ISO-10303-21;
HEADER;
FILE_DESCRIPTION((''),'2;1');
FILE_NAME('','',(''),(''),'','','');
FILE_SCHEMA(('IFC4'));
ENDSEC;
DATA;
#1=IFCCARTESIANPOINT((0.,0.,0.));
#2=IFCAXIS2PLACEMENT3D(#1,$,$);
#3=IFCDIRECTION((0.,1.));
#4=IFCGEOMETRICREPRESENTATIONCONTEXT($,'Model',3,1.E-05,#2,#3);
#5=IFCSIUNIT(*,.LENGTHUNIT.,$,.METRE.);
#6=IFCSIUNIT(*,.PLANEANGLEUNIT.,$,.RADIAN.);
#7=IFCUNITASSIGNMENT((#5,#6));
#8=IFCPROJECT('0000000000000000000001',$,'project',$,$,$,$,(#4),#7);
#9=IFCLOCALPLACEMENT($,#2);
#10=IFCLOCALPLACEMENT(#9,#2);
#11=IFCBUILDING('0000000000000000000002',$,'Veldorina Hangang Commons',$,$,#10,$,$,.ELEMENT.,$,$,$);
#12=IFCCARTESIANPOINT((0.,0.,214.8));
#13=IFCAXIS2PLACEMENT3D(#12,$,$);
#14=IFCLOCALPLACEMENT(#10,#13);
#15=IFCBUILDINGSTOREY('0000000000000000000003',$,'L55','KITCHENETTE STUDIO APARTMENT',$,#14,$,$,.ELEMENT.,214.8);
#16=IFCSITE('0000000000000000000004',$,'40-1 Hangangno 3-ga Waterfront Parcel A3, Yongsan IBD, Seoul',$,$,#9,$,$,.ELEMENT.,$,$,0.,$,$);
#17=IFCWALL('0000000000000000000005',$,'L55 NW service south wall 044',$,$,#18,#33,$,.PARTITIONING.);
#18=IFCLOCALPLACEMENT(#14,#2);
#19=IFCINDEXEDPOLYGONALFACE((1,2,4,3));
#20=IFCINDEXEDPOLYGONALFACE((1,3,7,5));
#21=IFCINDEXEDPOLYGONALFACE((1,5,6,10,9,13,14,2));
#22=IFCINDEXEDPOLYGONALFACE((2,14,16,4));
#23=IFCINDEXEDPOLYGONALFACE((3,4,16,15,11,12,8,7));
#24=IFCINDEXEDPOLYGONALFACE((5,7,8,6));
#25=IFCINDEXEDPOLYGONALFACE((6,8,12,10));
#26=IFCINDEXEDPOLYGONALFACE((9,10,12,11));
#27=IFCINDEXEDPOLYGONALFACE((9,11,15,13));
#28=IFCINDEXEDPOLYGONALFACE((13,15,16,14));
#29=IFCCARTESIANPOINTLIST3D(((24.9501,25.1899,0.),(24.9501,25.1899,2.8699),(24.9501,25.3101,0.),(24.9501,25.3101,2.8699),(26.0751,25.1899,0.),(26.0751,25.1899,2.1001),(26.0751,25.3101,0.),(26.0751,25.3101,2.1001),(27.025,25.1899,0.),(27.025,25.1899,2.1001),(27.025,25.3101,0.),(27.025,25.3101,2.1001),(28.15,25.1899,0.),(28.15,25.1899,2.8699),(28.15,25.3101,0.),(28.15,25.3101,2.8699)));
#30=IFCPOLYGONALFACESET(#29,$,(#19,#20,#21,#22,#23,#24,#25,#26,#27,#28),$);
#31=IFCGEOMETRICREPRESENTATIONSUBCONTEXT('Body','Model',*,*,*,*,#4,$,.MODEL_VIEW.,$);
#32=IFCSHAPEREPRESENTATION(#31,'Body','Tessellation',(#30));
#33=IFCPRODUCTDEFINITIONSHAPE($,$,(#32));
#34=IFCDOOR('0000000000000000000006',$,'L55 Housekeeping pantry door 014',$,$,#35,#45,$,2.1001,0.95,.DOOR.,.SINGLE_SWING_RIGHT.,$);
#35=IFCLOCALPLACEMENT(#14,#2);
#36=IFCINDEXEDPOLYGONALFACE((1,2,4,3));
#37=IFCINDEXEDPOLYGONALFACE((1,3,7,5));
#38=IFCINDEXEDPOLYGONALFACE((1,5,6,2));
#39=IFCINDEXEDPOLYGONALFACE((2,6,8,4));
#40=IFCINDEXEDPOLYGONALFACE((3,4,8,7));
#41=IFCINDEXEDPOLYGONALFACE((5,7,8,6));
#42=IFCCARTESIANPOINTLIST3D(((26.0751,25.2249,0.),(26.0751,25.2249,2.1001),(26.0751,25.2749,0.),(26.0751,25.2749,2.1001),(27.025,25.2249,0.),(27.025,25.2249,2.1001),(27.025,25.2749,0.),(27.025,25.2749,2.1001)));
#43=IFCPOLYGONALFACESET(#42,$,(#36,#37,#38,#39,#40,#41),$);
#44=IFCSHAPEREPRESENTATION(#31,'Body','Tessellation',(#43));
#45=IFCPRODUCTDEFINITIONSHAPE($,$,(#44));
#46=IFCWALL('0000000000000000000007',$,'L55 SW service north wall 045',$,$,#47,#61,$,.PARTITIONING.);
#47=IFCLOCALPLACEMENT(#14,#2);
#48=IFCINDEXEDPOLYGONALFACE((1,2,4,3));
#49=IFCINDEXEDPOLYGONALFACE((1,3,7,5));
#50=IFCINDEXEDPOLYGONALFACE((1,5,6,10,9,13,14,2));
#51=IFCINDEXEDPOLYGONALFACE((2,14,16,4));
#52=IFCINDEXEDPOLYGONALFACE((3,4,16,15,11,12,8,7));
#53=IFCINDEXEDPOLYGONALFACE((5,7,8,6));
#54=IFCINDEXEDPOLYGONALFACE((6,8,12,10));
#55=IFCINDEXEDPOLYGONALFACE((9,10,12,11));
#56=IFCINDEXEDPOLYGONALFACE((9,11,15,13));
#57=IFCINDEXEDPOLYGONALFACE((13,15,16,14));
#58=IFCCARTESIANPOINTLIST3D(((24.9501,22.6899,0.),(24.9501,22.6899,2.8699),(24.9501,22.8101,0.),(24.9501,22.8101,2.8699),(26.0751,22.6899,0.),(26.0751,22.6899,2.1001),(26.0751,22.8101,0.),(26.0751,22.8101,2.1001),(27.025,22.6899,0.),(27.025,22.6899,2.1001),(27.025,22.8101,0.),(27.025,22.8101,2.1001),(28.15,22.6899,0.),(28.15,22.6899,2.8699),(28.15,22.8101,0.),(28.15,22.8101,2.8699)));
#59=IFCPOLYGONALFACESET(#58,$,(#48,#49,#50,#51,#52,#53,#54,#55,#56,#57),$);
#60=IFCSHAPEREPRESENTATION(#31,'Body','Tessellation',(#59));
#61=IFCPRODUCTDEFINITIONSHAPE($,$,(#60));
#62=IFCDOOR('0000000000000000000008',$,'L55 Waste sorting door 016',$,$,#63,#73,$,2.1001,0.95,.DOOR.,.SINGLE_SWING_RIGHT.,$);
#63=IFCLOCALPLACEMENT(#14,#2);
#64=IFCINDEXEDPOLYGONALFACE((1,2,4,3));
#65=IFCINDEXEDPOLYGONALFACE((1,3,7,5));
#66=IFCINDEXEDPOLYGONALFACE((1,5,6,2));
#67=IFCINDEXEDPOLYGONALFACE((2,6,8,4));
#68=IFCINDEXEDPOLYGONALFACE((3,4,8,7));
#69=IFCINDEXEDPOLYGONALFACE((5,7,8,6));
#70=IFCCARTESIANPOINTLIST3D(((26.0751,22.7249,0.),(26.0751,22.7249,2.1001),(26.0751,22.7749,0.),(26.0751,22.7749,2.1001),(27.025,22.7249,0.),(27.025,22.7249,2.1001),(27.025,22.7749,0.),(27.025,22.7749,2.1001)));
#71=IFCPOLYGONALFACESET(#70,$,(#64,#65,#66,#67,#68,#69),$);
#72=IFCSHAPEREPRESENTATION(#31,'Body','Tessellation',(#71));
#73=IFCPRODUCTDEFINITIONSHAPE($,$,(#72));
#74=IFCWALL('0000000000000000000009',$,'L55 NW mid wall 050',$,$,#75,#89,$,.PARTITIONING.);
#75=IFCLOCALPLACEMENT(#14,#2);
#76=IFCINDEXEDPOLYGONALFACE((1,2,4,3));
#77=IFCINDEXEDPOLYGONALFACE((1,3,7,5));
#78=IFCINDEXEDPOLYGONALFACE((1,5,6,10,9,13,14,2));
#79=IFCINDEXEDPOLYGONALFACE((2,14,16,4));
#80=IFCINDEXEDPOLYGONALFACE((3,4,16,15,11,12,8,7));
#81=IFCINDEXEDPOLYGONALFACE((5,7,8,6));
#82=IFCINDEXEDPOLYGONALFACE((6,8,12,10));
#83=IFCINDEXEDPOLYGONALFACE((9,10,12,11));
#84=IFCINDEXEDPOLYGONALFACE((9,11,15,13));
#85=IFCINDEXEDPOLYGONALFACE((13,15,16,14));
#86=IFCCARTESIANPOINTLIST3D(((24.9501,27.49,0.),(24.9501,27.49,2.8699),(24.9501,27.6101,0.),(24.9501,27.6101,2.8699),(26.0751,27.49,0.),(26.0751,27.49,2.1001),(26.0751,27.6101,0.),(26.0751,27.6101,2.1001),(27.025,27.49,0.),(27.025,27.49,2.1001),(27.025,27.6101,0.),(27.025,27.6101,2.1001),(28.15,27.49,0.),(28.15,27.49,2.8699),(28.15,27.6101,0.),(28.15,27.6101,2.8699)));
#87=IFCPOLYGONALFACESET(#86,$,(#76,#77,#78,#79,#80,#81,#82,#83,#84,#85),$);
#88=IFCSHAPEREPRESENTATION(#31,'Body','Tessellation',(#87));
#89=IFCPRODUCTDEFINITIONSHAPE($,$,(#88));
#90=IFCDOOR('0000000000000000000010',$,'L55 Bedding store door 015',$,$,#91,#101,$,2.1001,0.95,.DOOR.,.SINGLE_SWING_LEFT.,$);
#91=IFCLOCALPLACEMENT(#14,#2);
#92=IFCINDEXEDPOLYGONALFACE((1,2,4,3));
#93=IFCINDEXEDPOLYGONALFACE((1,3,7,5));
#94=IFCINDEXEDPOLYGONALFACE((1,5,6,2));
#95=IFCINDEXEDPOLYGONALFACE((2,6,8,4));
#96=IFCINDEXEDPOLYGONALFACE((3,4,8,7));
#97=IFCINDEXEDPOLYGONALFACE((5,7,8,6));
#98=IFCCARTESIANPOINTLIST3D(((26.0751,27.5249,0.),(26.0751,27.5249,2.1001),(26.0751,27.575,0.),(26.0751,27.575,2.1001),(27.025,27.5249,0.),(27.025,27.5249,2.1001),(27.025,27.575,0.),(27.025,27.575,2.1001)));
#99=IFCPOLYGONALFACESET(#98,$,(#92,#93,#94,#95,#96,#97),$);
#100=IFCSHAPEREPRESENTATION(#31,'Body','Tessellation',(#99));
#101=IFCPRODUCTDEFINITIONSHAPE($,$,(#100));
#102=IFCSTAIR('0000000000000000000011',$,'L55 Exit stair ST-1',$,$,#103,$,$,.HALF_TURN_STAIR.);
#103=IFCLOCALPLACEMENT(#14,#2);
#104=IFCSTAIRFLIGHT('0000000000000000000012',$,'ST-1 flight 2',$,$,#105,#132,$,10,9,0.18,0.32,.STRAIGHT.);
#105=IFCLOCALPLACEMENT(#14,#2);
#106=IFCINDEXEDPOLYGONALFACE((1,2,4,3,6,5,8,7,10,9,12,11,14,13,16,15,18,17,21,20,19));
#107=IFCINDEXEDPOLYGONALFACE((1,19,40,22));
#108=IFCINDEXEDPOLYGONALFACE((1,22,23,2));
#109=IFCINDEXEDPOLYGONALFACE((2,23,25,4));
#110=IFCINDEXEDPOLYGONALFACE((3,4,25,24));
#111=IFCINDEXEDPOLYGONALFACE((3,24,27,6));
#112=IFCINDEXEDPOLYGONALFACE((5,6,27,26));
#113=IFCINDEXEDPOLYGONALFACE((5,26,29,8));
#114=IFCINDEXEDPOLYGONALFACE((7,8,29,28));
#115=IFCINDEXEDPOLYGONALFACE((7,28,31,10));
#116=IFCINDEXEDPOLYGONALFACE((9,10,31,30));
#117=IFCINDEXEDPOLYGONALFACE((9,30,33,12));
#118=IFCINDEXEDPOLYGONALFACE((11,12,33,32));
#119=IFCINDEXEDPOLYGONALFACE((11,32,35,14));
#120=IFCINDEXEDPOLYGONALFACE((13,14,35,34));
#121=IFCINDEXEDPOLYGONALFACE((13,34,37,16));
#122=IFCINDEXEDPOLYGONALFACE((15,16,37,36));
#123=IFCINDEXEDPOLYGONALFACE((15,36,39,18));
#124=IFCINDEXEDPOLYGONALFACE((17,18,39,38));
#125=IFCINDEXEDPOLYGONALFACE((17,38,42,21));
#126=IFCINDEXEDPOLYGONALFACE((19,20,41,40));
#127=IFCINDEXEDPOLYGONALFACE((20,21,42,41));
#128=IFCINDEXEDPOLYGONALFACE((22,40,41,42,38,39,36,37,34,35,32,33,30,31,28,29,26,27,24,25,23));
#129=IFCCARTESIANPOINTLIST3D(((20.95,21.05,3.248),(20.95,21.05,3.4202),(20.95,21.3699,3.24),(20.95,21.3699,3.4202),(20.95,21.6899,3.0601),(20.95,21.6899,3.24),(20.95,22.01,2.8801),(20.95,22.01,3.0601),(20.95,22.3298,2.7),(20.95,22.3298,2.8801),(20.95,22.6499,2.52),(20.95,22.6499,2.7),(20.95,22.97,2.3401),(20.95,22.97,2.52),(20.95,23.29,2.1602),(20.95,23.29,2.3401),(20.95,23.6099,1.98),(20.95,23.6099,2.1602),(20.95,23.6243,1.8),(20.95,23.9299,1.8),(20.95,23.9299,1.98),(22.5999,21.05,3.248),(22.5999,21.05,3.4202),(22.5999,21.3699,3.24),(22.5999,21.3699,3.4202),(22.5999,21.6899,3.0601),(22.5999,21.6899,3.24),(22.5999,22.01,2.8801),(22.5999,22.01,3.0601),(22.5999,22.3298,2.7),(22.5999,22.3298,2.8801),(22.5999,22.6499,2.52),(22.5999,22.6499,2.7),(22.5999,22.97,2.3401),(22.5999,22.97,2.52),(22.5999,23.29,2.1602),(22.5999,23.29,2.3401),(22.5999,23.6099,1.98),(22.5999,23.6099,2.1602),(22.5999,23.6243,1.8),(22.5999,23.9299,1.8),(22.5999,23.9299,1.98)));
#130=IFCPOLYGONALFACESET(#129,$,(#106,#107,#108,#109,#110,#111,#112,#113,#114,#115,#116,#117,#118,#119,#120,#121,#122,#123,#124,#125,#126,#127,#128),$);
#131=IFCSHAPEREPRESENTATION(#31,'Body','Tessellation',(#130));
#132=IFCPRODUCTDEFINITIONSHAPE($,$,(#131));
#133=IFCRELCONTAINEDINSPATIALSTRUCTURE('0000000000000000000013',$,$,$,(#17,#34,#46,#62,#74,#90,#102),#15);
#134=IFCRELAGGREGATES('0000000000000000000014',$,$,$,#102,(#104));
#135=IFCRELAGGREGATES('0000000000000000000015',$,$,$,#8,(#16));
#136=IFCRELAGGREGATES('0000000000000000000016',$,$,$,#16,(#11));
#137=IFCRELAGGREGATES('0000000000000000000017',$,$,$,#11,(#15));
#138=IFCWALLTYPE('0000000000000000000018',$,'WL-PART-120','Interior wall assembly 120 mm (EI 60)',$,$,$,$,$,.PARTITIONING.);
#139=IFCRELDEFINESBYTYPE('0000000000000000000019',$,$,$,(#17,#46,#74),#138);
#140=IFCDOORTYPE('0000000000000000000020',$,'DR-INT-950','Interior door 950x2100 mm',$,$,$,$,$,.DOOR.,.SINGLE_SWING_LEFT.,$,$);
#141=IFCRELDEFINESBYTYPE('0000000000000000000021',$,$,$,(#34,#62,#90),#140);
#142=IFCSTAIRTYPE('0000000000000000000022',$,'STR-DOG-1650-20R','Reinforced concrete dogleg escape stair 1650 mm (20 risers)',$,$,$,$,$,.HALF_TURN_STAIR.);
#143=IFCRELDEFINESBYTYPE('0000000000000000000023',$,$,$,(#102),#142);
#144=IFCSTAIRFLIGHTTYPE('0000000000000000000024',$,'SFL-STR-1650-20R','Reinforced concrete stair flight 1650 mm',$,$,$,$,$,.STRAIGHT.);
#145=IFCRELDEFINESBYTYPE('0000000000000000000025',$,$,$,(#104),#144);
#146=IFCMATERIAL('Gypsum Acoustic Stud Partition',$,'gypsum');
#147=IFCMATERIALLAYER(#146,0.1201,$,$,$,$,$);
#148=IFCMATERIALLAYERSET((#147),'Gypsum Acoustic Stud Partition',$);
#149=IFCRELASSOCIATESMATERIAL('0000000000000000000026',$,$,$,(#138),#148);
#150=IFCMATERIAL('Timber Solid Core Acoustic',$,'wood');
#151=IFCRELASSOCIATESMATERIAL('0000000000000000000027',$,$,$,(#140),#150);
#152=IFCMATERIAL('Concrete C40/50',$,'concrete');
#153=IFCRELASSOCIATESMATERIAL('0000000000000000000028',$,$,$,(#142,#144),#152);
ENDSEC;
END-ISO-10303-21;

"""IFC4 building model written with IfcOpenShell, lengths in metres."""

from ifc_helpers import new_model, si_unit, direction, frame, frame_2d, origin, place, context, subcontext, project, spatial, polyline, rectangle, outline, extrude, material, layer, layer_set, type_object, element, fill, aggregate, save


model = new_model("IFC4")

# Units and contexts
model_context = context("Model", 3, precision=1e-05, world=origin(), true_north=direction((0.0, 1.0)))
body_context = subcontext(model_context, "Body", "Model", "MODEL_VIEW")
ifc_project = project(units=[si_unit("LENGTHUNIT", "METRE"), si_unit("PLANEANGLEUNIT", "RADIAN")], contexts=[model_context])

# Site, building, storey
site_placement = place(None, origin())
site = spatial("IfcSite", under=ifc_project, at=site_placement, Name="40-1 Hangangno 3-ga Waterfront Parcel A3, Yongsan IBD, Seoul", CompositionType="ELEMENT", RefElevation=0.0)
building_placement = place(site_placement, origin())
building = spatial("IfcBuilding", under=site, at=building_placement, Name="Veldorina Hangang Commons", CompositionType="ELEMENT")
storey_placement = place(building_placement, frame((0.0, 0.0, 214.8)))
storey = spatial("IfcBuildingStorey", under=building, at=storey_placement, Name="L55", Description="KITCHENETTE STUDIO APARTMENT", CompositionType="ELEMENT", Elevation=214.8)

# Shared definitions
ifc_material_1 = material(Name="Gypsum Acoustic Stud Partition", Category="gypsum")
ifc_layer_1 = layer(ifc_material_1, 0.1201)
ifc_layer_set_1 = layer_set([ifc_layer_1], Name="Gypsum Acoustic Stud Partition")
wall_type_1 = type_object("IfcWallType", Name="WL-PART-120", Description="Interior wall assembly 120 mm (EI 60)", PredefinedType="PARTITIONING", material=ifc_layer_set_1)

# Shared definitions
ifc_material_2 = material(Name="Timber Solid Core Acoustic", Category="wood")
door_type_1 = type_object("IfcDoorType", Name="DR-INT-950", Description="Interior door 950x2100 mm", OperationType="SINGLE_SWING_LEFT", PredefinedType="DOOR", material=ifc_material_2)

# Walls, openings, doors
wall_1_placement = place(storey_placement, frame((24.95, 25.25, 0.0), z_axis=(0.0, 0.0, 1.0), x_axis=(1.0, 0.0, 0.0)))
wall_1 = element("IfcWall", 1, at=wall_1_placement, inside=storey, type_object=wall_type_1, Name="L55 NW service south wall 044", PredefinedType="PARTITIONING", context=body_context, shape_type="SweptSolid", body=[
    extrude(rectangle(XDim=3.2, YDim=0.1201, at=frame_2d((1.6001, 0.0))), origin(), (0.0, 0.0, 1.0), 2.8699),
])
opening_1_placement = place(wall_1_placement, frame((1.125, 0.0, 0.0)))
opening_1 = element("IfcOpeningElement", 2, at=opening_1_placement, cuts=wall_1, PredefinedType="OPENING", context=body_context, shape_type="SweptSolid", body=[
    extrude(rectangle(XDim=0.95, YDim=2.1001, at=frame_2d((0.4751, 1.05))), frame((0.0, 0.0701, 0.0), z_axis=(0.0, -1.0, 0.0), x_axis=(1.0, 0.0, 0.0)), (0.0, 0.0, 1.0), 0.1401),
])
door_1_placement = place(opening_1_placement, origin())
door_1 = element("IfcDoor", 3, at=door_1_placement, inside=storey, type_object=door_type_1, Name="L55 Housekeeping pantry door 014", OperationType="SINGLE_SWING_RIGHT", OverallHeight=2.1001, OverallWidth=0.95, PredefinedType="DOOR", context=body_context, shape_type="SweptSolid", body=[
    extrude(rectangle(XDim=0.95, YDim=2.1001, at=frame_2d((0.4751, 1.05))), frame((0.0, 0.0249, 0.0), z_axis=(0.0, -1.0, 0.0), x_axis=(1.0, 0.0, 0.0)), (0.0, 0.0, 1.0), 0.05),
])
fill(opening_1, door_1)
wall_2_placement = place(storey_placement, frame((24.95, 22.75, 0.0), z_axis=(0.0, 0.0, 1.0), x_axis=(1.0, 0.0, 0.0)))
wall_2 = element("IfcWall", 4, at=wall_2_placement, inside=storey, type_object=wall_type_1, Name="L55 SW service north wall 045", PredefinedType="PARTITIONING", context=body_context, shape_type="SweptSolid", body=[
    extrude(rectangle(XDim=3.2, YDim=0.1201, at=frame_2d((1.6001, 0.0))), origin(), (0.0, 0.0, 1.0), 2.8699),
])
opening_2_placement = place(wall_2_placement, frame((1.125, 0.0, 0.0)))
opening_2 = element("IfcOpeningElement", 5, at=opening_2_placement, cuts=wall_2, PredefinedType="OPENING", context=body_context, shape_type="SweptSolid", body=[
    extrude(rectangle(XDim=0.95, YDim=2.1001, at=frame_2d((0.4751, 1.05))), frame((0.0, 0.0701, 0.0), z_axis=(0.0, -1.0, 0.0), x_axis=(1.0, 0.0, 0.0)), (0.0, 0.0, 1.0), 0.1401),
])
door_2_placement = place(opening_2_placement, origin())
door_2 = element("IfcDoor", 6, at=door_2_placement, inside=storey, type_object=door_type_1, Name="L55 Waste sorting door 016", OperationType="SINGLE_SWING_RIGHT", OverallHeight=2.1001, OverallWidth=0.95, PredefinedType="DOOR", context=body_context, shape_type="SweptSolid", body=[
    extrude(rectangle(XDim=0.95, YDim=2.1001, at=frame_2d((0.4751, 1.05))), frame((0.0, 0.0249, 0.0), z_axis=(0.0, -1.0, 0.0), x_axis=(1.0, 0.0, 0.0)), (0.0, 0.0, 1.0), 0.05),
])
fill(opening_2, door_2)
wall_3_placement = place(storey_placement, frame((24.95, 27.55, 0.0), z_axis=(0.0, 0.0, 1.0), x_axis=(1.0, 0.0, 0.0)))
wall_3 = element("IfcWall", 7, at=wall_3_placement, inside=storey, type_object=wall_type_1, Name="L55 NW mid wall 050", PredefinedType="PARTITIONING", context=body_context, shape_type="SweptSolid", body=[
    extrude(rectangle(XDim=3.2, YDim=0.1201, at=frame_2d((1.6001, 0.0))), origin(), (0.0, 0.0, 1.0), 2.8699),
])
opening_3_placement = place(wall_3_placement, frame((1.125, 0.0, 0.0)))
opening_3 = element("IfcOpeningElement", 8, at=opening_3_placement, cuts=wall_3, PredefinedType="OPENING", context=body_context, shape_type="SweptSolid", body=[
    extrude(rectangle(XDim=0.95, YDim=2.1001, at=frame_2d((0.4751, 1.05))), frame((0.0, 0.0701, 0.0), z_axis=(0.0, -1.0, 0.0), x_axis=(1.0, 0.0, 0.0)), (0.0, 0.0, 1.0), 0.1401),
])
door_3_placement = place(opening_3_placement, origin())
door_3 = element("IfcDoor", 9, at=door_3_placement, inside=storey, type_object=door_type_1, Name="L55 Bedding store door 015", OperationType="SINGLE_SWING_LEFT", OverallHeight=2.1001, OverallWidth=0.95, PredefinedType="DOOR", context=body_context, shape_type="SweptSolid", body=[
    extrude(rectangle(XDim=0.95, YDim=2.1001, at=frame_2d((0.4751, 1.05))), frame((0.0, 0.0249, 0.0), z_axis=(0.0, -1.0, 0.0), x_axis=(1.0, 0.0, 0.0)), (0.0, 0.0, 1.0), 0.05),
])
fill(opening_3, door_3)

# Stair, stair flight
ifc_material_3 = material(Name="Concrete C40/50", Category="concrete")
stair_type = type_object("IfcStairType", Name="STR-DOG-1650-20R", Description="Reinforced concrete dogleg escape stair 1650 mm (20 risers)", PredefinedType="HALF_TURN_STAIR", material=ifc_material_3)
stair_placement = place(storey_placement, origin())
stair = element("IfcStair", 10, at=stair_placement, inside=storey, type_object=stair_type, Name="L55 Exit stair ST-1", PredefinedType="HALF_TURN_STAIR")
stair_flight_type = type_object("IfcStairFlightType", Name="SFL-STR-1650-20R", Description="Reinforced concrete stair flight 1650 mm", PredefinedType="STRAIGHT", material=ifc_material_3)
stair_flight_placement = place(storey_placement, frame((21.7749, 23.9299, 1.8), z_axis=(0.0, 0.0, 1.0), x_axis=(0.0, -1.0, 0.0)))
stair_flight = element("IfcStairFlight", 11, at=stair_flight_placement, type_object=stair_flight_type, Name="ST-1 flight 2", NumberOfRisers=10, NumberOfTreads=9, PredefinedType="STRAIGHT", RiserHeight=0.18, TreadLength=0.32, context=body_context, shape_type="SweptSolid", body=[
    extrude(outline(polyline([(0.0, 0.0), (0.0, 0.1799), (0.3201, 0.1799), (0.3201, 0.3601), (0.6399, 0.3601), (0.6399, 0.54), (0.96, 0.54), (0.96, 0.72), (1.28, 0.72), (1.28, 0.8999), (1.6001, 0.8999), (1.6001, 1.0801), (1.9199, 1.0801), (1.9199, 1.26), (2.24, 1.26), (2.24, 1.4399), (2.5601, 1.4399), (2.5601, 1.6201), (2.8799, 1.6201), (2.8799, 1.8), (2.8799, 1.448), (0.3057, 0.0), (0.0, 0.0)])), frame((0.0, 0.825, 0.0), z_axis=(0.0, -1.0, 0.0), x_axis=(1.0, 0.0, 0.0)), (0.0, 0.0, 1.0), 1.6499),
])
aggregate(stair, [stair_flight])

save(model, "model.ifc")
